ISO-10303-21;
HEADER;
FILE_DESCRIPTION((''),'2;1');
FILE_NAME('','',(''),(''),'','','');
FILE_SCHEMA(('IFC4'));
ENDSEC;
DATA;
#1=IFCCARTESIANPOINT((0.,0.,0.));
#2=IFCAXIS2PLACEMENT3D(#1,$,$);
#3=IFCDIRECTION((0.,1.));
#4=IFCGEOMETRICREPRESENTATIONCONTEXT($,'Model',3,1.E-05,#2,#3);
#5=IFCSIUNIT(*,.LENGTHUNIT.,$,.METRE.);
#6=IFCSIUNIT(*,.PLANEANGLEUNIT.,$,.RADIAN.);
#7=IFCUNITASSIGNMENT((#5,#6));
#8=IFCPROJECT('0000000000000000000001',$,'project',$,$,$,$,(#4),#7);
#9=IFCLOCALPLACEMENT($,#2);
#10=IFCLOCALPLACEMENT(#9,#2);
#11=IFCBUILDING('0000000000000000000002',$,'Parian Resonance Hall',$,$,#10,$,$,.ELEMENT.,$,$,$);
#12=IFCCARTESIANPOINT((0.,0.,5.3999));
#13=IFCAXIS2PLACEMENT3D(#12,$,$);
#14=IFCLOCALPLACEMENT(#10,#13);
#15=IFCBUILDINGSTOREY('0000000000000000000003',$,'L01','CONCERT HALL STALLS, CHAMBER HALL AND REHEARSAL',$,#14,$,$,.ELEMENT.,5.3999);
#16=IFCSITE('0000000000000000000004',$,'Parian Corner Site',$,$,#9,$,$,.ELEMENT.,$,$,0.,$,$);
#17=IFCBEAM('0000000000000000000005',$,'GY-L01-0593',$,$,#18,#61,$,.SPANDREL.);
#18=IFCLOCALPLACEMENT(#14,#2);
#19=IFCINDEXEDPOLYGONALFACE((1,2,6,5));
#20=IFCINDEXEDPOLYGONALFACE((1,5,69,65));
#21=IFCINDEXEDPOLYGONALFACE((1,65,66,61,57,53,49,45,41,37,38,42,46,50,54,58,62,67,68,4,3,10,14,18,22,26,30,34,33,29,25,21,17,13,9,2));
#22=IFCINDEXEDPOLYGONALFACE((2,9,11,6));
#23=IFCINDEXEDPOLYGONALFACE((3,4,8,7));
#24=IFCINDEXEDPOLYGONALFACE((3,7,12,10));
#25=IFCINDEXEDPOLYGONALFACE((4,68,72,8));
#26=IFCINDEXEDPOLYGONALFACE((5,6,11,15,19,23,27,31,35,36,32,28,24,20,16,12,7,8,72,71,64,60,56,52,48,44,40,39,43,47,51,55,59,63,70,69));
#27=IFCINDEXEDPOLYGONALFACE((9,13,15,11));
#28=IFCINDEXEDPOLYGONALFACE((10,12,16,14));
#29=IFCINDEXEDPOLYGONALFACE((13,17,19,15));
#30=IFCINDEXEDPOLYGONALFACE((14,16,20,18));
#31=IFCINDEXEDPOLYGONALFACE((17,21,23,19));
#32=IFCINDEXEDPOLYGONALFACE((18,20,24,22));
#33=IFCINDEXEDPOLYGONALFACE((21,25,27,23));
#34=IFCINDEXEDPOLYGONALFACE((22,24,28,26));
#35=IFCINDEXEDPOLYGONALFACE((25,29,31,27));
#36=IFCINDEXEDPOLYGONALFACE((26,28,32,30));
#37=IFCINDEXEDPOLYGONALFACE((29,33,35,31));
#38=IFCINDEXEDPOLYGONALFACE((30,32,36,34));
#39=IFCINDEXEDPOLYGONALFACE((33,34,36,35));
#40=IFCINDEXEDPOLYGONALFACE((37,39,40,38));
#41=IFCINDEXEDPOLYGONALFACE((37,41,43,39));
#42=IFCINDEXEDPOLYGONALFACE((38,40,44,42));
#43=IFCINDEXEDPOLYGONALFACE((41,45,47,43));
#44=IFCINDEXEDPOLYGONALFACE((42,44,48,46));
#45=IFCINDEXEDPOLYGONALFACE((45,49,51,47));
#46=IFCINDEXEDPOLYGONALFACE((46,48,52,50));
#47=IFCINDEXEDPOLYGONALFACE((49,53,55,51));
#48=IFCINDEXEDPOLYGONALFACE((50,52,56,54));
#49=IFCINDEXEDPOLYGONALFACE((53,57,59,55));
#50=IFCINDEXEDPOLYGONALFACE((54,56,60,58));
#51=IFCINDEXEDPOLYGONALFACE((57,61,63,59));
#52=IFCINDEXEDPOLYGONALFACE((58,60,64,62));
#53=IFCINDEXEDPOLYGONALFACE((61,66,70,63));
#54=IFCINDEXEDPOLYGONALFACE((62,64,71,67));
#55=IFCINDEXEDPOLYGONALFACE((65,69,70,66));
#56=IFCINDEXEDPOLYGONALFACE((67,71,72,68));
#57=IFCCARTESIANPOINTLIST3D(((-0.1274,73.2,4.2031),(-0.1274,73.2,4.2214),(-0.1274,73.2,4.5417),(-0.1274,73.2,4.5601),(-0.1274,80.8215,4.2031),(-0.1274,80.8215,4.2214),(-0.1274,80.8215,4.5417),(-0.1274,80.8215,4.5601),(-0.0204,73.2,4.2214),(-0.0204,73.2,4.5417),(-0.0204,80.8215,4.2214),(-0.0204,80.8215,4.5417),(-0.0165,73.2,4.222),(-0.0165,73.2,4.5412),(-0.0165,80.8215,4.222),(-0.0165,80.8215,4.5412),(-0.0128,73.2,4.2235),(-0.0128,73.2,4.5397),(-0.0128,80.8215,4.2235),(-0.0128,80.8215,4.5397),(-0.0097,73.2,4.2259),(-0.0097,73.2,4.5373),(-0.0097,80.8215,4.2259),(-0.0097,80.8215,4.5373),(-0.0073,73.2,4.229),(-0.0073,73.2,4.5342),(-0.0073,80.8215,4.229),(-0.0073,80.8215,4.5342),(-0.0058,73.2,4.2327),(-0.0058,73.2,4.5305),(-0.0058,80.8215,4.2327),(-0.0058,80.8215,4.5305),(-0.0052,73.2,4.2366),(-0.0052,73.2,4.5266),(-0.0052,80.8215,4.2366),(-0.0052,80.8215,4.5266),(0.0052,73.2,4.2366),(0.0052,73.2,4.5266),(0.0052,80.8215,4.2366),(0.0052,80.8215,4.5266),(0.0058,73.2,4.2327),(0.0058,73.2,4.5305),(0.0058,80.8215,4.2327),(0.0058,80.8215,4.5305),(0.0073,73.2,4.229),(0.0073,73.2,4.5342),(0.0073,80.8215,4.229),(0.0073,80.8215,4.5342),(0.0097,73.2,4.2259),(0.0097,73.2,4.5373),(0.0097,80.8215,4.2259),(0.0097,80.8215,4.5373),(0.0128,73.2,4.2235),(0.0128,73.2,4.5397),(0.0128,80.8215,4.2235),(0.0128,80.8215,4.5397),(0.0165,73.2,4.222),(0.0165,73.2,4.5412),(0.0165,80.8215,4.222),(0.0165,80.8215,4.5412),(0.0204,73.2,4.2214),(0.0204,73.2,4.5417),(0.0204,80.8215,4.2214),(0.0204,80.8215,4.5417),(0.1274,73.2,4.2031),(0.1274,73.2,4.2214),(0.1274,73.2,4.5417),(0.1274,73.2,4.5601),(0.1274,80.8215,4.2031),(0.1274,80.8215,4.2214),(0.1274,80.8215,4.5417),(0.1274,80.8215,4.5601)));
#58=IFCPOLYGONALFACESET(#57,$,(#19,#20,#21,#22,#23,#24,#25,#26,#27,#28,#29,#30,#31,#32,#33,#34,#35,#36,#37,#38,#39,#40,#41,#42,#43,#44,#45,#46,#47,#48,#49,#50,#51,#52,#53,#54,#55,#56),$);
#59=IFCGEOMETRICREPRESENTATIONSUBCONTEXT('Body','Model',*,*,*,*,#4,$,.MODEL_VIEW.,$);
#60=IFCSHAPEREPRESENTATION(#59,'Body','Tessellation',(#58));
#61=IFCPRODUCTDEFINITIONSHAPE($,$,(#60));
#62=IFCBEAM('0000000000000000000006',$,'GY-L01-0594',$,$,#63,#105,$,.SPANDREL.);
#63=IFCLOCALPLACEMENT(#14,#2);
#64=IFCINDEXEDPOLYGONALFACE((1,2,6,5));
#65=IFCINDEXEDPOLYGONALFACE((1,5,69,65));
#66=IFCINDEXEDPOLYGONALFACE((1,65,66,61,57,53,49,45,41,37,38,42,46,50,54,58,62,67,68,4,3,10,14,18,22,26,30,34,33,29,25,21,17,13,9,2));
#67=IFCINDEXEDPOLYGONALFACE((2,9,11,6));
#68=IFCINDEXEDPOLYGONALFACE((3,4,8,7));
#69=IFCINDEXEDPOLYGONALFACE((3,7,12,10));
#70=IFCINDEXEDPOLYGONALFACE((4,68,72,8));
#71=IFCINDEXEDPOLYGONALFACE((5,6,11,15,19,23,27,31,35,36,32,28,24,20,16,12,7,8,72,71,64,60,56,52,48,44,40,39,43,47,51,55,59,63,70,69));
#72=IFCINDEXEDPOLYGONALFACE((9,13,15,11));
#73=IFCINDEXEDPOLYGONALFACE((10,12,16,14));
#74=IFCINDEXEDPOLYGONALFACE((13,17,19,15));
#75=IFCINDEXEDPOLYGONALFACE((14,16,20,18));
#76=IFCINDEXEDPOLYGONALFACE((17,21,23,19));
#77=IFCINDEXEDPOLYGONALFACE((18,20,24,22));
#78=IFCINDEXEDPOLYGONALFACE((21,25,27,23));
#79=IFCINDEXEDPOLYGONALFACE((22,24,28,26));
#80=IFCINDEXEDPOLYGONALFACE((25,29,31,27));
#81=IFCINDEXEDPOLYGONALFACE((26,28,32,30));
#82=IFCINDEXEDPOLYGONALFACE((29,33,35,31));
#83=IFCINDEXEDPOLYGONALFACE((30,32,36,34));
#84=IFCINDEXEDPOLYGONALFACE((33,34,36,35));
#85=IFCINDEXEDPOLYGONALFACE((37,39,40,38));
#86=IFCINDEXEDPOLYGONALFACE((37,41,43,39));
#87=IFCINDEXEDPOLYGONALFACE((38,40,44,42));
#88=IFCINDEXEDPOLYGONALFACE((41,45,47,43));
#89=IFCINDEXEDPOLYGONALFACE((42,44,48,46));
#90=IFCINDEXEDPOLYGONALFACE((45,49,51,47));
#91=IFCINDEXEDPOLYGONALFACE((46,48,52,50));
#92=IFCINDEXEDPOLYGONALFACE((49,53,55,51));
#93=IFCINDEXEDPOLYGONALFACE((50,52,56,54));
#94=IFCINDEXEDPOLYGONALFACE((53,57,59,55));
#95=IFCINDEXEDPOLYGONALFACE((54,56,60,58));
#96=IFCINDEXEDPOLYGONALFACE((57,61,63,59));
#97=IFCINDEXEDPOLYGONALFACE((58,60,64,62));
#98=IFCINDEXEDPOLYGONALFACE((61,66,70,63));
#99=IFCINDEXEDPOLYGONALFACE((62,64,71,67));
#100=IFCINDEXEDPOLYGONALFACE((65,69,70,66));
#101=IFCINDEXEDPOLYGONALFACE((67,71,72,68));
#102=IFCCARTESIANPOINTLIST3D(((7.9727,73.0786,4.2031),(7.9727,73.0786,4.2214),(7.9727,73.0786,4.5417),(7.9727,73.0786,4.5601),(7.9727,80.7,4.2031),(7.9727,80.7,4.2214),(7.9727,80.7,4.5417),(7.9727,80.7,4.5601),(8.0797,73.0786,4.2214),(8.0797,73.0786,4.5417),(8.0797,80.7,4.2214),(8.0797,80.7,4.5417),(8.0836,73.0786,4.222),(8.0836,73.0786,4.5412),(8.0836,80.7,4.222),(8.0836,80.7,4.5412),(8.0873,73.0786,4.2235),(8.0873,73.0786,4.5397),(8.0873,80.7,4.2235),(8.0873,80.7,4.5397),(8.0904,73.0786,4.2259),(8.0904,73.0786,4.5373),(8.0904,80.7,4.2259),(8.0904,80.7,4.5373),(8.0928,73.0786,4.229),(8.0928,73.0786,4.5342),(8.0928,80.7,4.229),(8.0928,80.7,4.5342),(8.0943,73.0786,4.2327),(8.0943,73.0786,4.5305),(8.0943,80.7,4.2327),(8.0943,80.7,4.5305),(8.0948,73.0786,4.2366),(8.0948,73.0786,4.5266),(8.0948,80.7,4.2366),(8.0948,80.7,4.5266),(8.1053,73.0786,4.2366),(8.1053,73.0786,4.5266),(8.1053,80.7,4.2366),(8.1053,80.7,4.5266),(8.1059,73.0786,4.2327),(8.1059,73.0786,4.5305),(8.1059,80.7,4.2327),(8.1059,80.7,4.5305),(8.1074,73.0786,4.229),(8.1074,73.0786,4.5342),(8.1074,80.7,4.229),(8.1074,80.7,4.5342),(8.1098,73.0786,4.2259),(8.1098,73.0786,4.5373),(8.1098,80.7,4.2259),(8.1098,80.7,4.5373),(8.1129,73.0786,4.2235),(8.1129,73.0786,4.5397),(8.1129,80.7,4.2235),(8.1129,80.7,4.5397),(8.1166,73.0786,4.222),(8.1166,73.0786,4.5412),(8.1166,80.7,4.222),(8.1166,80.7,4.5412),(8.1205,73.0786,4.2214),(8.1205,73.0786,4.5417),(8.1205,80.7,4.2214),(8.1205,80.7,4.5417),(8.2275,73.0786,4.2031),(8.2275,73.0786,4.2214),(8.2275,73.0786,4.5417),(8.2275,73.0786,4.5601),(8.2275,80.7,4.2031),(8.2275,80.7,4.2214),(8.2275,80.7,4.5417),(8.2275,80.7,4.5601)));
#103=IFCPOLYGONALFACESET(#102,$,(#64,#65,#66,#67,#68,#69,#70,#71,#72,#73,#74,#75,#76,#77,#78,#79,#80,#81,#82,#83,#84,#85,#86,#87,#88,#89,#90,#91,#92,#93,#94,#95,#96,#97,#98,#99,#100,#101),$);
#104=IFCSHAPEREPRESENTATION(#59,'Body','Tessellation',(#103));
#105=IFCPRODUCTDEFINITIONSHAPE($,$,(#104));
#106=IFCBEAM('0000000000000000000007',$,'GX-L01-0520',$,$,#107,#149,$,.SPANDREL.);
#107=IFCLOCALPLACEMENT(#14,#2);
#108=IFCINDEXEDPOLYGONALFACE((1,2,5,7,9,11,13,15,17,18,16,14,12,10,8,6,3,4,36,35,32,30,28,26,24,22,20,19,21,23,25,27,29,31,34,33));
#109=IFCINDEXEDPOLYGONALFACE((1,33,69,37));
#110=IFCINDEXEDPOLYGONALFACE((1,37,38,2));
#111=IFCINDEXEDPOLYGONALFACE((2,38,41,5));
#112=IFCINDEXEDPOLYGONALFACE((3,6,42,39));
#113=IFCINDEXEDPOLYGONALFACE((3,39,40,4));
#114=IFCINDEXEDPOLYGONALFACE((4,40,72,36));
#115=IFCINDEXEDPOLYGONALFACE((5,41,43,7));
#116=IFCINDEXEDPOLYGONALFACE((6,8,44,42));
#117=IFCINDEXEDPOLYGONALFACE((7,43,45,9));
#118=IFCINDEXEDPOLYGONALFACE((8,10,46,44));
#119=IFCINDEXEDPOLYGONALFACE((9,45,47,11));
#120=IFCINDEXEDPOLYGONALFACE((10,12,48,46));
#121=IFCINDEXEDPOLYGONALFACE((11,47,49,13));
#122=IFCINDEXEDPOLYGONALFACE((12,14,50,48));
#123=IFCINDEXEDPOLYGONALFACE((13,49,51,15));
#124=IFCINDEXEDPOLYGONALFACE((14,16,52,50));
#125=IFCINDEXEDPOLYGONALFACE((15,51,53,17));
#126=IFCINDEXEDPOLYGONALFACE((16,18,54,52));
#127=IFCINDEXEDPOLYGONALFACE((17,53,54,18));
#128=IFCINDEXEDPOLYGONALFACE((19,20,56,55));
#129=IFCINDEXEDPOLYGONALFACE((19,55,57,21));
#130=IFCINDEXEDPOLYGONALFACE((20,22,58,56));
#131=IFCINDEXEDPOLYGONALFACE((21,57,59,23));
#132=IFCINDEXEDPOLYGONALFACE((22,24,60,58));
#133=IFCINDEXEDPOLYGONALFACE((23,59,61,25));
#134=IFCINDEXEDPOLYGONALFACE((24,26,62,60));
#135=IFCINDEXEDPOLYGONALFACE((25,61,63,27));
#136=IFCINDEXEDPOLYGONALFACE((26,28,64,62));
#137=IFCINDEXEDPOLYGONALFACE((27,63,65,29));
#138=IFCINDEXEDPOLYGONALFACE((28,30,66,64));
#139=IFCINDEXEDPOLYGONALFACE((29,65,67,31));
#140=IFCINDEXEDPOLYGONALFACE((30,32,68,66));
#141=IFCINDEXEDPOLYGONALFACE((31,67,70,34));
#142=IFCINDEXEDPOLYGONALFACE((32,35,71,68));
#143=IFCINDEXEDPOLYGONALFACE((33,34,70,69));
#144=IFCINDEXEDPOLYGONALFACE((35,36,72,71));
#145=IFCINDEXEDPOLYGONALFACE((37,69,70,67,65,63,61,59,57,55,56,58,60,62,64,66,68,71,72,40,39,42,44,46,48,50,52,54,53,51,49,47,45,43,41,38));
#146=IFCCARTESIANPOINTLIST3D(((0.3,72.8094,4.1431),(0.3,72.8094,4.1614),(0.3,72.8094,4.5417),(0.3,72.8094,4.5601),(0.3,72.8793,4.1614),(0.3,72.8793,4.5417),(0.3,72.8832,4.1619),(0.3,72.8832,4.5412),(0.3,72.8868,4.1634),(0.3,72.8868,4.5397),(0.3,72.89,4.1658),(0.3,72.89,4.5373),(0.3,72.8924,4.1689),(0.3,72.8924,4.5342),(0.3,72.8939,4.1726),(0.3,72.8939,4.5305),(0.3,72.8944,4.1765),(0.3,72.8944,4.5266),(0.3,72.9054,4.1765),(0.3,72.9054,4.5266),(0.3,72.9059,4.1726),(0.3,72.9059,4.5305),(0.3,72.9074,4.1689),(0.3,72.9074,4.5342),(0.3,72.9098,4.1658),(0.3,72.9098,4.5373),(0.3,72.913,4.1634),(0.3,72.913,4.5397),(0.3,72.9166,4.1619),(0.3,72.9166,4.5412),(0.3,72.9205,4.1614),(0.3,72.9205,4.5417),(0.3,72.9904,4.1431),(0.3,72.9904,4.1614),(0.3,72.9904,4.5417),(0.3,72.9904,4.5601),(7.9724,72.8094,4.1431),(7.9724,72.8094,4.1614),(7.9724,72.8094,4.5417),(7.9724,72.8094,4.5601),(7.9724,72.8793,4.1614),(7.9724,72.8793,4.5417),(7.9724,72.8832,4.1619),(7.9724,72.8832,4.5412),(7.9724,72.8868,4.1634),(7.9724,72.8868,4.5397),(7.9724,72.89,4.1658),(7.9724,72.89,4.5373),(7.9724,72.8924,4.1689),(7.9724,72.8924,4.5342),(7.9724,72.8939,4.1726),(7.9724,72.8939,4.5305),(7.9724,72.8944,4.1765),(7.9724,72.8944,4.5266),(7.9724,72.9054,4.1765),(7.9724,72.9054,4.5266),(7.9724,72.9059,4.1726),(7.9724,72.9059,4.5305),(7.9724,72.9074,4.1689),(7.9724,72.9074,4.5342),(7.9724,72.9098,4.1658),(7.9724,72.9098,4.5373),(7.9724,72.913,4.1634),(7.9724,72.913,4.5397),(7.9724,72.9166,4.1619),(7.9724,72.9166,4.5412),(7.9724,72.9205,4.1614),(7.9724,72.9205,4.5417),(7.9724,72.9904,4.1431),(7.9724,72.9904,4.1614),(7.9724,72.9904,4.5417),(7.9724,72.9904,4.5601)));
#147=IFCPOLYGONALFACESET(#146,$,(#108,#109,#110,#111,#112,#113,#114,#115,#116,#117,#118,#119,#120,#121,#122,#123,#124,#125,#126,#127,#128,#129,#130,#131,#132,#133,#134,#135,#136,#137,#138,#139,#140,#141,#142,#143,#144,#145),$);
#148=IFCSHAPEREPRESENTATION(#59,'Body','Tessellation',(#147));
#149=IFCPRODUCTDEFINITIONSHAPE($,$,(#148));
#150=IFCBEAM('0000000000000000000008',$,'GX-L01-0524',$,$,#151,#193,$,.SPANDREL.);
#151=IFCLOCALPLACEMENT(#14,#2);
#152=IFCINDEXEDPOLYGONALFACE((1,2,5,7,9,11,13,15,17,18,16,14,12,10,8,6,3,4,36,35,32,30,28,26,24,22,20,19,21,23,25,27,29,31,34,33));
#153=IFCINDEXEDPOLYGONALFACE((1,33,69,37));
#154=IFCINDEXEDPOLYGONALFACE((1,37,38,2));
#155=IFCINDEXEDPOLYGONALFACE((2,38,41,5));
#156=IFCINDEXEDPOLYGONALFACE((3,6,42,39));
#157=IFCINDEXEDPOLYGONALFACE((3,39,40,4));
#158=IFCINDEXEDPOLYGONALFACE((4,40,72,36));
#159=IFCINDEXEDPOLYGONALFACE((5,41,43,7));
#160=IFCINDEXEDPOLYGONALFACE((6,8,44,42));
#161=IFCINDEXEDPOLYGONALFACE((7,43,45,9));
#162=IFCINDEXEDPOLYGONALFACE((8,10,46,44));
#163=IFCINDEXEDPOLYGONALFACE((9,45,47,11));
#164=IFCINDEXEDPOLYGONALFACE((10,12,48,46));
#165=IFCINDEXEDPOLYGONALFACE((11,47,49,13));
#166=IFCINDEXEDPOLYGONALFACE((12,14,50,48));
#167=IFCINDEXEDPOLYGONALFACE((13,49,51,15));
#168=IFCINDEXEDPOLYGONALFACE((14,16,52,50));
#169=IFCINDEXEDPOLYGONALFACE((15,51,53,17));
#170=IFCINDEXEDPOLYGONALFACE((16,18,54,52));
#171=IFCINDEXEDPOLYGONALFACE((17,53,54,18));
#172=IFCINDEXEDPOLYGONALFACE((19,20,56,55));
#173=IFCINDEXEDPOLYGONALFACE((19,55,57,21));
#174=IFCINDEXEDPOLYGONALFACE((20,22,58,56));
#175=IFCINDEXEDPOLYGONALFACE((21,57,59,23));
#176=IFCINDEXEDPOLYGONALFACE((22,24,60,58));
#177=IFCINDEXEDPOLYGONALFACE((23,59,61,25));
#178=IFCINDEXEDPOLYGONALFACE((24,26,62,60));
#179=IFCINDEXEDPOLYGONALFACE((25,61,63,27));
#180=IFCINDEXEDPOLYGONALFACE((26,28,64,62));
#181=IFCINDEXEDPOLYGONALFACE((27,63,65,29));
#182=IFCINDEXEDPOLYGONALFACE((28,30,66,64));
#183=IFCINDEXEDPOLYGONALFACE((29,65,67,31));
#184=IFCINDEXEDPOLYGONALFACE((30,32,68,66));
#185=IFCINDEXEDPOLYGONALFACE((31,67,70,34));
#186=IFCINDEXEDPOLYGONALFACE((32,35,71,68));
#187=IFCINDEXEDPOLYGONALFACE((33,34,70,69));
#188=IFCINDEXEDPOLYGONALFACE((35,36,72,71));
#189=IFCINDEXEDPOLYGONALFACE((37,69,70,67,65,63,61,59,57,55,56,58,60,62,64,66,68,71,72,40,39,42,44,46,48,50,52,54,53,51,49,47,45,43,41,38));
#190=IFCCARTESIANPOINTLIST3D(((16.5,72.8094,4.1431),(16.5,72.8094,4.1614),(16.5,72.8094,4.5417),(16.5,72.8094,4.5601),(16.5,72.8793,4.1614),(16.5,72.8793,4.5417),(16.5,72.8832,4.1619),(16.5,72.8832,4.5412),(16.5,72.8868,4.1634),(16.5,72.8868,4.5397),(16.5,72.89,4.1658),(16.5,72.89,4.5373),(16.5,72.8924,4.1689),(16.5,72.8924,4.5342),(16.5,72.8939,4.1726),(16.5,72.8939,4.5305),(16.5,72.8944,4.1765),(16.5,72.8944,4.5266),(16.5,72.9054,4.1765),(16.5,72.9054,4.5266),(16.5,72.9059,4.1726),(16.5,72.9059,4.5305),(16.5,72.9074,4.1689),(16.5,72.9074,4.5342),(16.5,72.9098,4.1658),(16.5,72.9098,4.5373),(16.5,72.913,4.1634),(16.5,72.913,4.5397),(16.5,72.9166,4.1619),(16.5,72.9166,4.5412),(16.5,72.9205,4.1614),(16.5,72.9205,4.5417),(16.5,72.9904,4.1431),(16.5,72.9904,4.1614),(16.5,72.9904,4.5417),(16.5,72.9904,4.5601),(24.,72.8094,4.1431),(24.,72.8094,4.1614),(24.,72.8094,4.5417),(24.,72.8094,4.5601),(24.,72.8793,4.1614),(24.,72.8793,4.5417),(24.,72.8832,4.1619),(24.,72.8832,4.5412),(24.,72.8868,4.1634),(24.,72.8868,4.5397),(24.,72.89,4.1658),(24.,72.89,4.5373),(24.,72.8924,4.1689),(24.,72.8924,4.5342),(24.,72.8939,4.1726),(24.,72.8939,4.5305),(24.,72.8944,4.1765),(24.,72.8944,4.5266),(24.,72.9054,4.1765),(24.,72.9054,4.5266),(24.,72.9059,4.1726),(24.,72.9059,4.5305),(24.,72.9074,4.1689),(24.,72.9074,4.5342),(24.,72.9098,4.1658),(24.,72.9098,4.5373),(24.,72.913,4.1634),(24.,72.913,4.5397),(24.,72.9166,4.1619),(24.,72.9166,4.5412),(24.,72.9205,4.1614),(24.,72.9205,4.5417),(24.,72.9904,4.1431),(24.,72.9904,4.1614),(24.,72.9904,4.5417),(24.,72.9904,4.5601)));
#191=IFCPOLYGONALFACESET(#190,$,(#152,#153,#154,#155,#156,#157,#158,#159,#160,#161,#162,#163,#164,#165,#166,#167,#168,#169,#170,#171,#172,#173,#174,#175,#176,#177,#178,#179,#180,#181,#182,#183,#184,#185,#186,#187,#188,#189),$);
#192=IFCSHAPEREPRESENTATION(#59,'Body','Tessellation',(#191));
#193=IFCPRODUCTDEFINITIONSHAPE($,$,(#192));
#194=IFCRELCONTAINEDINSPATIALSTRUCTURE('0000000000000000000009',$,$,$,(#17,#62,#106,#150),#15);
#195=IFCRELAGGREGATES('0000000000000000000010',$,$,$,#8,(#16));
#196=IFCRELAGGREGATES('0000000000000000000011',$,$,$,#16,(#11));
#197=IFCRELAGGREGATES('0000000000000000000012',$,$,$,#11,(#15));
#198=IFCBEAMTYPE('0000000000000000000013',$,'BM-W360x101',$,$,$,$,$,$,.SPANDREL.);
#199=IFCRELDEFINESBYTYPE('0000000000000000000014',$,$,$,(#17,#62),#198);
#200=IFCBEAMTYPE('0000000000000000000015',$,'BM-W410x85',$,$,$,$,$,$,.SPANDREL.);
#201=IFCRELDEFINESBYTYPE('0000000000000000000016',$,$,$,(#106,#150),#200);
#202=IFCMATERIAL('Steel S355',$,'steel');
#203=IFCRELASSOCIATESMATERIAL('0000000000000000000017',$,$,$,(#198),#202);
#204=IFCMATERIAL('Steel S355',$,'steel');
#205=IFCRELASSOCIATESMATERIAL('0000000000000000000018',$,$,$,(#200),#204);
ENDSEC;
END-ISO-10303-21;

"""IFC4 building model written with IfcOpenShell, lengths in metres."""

from ifc_helpers import new_model, si_unit, direction, frame, origin, origin_2d, place, context, subcontext, project, spatial, i_section, extrude, material, material_profile, profile_set, type_object, element, save


model = new_model("IFC4")

# Units and contexts
model_context = context("Model", 3, precision=1e-05, world=origin(), true_north=direction((0.0, 1.0)))
body_context = subcontext(model_context, "Body", "Model", "MODEL_VIEW")
ifc_project = project(units=[si_unit("LENGTHUNIT", "METRE"), si_unit("PLANEANGLEUNIT", "RADIAN")], contexts=[model_context])

# Site, building, storey
site_placement = place(None, origin())
site = spatial("IfcSite", under=ifc_project, at=site_placement, Name="Parian Corner Site", CompositionType="ELEMENT", RefElevation=0.0)
building_placement = place(site_placement, origin())
building = spatial("IfcBuilding", under=site, at=building_placement, Name="Parian Resonance Hall", CompositionType="ELEMENT")
storey_placement = place(building_placement, frame((0.0, 0.0, 5.3999)))
storey = spatial("IfcBuildingStorey", under=building, at=storey_placement, Name="L01", Description="CONCERT HALL STALLS, CHAMBER HALL AND REHEARSAL", CompositionType="ELEMENT", Elevation=5.3999)

# Beams
ifc_material_1 = material(Name="Steel S355", Category="steel")
ifc_material_profile_1 = material_profile(ifc_material_1, i_section(OverallWidth=0.2549, OverallDepth=0.3569, WebThickness=0.0105, FlangeThickness=0.0183, FilletRadius=0.0151, at=origin_2d()), Name="W360x101")
ifc_profile_set_1 = profile_set([ifc_material_profile_1], Name="Steel S355")
beam_type_1 = type_object("IfcBeamType", Name="BM-W360x101", PredefinedType="SPANDREL", material=ifc_profile_set_1)
beam_1_placement = place(storey_placement, frame((0.0, 73.2, 4.3816), z_axis=(0.0, 1.0, 0.0), x_axis=(-1.0, 0.0, 0.0)))
element("IfcBeam", 1, at=beam_1_placement, inside=storey, type_object=beam_type_1, Name="GY-L01-0593", PredefinedType="SPANDREL", context=body_context, shape_type="SweptSolid", body=[
    extrude(i_section(OverallWidth=0.2549, OverallDepth=0.3569, WebThickness=0.0105, FlangeThickness=0.0183, FilletRadius=0.0151, at=origin_2d()), origin(), (0.0, 0.0, 1.0), 7.6216),
])
beam_2_placement = place(storey_placement, frame((8.1001, 73.0786, 4.3816), z_axis=(0.0, 1.0, 0.0), x_axis=(-1.0, 0.0, 0.0)))
element("IfcBeam", 2, at=beam_2_placement, inside=storey, type_object=beam_type_1, Name="GY-L01-0594", PredefinedType="SPANDREL", context=body_context, shape_type="SweptSolid", body=[
    extrude(i_section(OverallWidth=0.2549, OverallDepth=0.3569, WebThickness=0.0105, FlangeThickness=0.0183, FilletRadius=0.0151, at=origin_2d()), origin(), (0.0, 0.0, 1.0), 7.6213),
])
ifc_material_2 = material(Name="Steel S355", Category="steel")
ifc_material_profile_2 = material_profile(ifc_material_2, i_section(OverallWidth=0.1809, OverallDepth=0.417, WebThickness=0.011, FlangeThickness=0.0183, FilletRadius=0.0151, at=origin_2d()), Name="W410x85")
ifc_profile_set_2 = profile_set([ifc_material_profile_2], Name="Steel S355")
beam_type_2 = type_object("IfcBeamType", Name="BM-W410x85", PredefinedType="SPANDREL", material=ifc_profile_set_2)
beam_3_placement = place(storey_placement, frame((0.3, 72.8999, 4.3516), z_axis=(1.0, 0.0, 0.0), x_axis=(0.0, 1.0, 0.0)))
element("IfcBeam", 3, at=beam_3_placement, inside=storey, type_object=beam_type_2, Name="GX-L01-0520", PredefinedType="SPANDREL", context=body_context, shape_type="SweptSolid", body=[
    extrude(i_section(OverallWidth=0.1809, OverallDepth=0.417, WebThickness=0.011, FlangeThickness=0.0183, FilletRadius=0.0151, at=origin_2d()), origin(), (0.0, 0.0, 1.0), 7.6724),
])
beam_4_placement = place(storey_placement, frame((16.5, 72.8999, 4.3516), z_axis=(1.0, 0.0, 0.0), x_axis=(0.0, 1.0, 0.0)))
element("IfcBeam", 4, at=beam_4_placement, inside=storey, type_object=beam_type_2, Name="GX-L01-0524", PredefinedType="SPANDREL", context=body_context, shape_type="SweptSolid", body=[
    extrude(i_section(OverallWidth=0.1809, OverallDepth=0.417, WebThickness=0.011, FlangeThickness=0.0183, FilletRadius=0.0151, at=origin_2d()), origin(), (0.0, 0.0, 1.0), 7.5),
])

save(model, "model.ifc")
